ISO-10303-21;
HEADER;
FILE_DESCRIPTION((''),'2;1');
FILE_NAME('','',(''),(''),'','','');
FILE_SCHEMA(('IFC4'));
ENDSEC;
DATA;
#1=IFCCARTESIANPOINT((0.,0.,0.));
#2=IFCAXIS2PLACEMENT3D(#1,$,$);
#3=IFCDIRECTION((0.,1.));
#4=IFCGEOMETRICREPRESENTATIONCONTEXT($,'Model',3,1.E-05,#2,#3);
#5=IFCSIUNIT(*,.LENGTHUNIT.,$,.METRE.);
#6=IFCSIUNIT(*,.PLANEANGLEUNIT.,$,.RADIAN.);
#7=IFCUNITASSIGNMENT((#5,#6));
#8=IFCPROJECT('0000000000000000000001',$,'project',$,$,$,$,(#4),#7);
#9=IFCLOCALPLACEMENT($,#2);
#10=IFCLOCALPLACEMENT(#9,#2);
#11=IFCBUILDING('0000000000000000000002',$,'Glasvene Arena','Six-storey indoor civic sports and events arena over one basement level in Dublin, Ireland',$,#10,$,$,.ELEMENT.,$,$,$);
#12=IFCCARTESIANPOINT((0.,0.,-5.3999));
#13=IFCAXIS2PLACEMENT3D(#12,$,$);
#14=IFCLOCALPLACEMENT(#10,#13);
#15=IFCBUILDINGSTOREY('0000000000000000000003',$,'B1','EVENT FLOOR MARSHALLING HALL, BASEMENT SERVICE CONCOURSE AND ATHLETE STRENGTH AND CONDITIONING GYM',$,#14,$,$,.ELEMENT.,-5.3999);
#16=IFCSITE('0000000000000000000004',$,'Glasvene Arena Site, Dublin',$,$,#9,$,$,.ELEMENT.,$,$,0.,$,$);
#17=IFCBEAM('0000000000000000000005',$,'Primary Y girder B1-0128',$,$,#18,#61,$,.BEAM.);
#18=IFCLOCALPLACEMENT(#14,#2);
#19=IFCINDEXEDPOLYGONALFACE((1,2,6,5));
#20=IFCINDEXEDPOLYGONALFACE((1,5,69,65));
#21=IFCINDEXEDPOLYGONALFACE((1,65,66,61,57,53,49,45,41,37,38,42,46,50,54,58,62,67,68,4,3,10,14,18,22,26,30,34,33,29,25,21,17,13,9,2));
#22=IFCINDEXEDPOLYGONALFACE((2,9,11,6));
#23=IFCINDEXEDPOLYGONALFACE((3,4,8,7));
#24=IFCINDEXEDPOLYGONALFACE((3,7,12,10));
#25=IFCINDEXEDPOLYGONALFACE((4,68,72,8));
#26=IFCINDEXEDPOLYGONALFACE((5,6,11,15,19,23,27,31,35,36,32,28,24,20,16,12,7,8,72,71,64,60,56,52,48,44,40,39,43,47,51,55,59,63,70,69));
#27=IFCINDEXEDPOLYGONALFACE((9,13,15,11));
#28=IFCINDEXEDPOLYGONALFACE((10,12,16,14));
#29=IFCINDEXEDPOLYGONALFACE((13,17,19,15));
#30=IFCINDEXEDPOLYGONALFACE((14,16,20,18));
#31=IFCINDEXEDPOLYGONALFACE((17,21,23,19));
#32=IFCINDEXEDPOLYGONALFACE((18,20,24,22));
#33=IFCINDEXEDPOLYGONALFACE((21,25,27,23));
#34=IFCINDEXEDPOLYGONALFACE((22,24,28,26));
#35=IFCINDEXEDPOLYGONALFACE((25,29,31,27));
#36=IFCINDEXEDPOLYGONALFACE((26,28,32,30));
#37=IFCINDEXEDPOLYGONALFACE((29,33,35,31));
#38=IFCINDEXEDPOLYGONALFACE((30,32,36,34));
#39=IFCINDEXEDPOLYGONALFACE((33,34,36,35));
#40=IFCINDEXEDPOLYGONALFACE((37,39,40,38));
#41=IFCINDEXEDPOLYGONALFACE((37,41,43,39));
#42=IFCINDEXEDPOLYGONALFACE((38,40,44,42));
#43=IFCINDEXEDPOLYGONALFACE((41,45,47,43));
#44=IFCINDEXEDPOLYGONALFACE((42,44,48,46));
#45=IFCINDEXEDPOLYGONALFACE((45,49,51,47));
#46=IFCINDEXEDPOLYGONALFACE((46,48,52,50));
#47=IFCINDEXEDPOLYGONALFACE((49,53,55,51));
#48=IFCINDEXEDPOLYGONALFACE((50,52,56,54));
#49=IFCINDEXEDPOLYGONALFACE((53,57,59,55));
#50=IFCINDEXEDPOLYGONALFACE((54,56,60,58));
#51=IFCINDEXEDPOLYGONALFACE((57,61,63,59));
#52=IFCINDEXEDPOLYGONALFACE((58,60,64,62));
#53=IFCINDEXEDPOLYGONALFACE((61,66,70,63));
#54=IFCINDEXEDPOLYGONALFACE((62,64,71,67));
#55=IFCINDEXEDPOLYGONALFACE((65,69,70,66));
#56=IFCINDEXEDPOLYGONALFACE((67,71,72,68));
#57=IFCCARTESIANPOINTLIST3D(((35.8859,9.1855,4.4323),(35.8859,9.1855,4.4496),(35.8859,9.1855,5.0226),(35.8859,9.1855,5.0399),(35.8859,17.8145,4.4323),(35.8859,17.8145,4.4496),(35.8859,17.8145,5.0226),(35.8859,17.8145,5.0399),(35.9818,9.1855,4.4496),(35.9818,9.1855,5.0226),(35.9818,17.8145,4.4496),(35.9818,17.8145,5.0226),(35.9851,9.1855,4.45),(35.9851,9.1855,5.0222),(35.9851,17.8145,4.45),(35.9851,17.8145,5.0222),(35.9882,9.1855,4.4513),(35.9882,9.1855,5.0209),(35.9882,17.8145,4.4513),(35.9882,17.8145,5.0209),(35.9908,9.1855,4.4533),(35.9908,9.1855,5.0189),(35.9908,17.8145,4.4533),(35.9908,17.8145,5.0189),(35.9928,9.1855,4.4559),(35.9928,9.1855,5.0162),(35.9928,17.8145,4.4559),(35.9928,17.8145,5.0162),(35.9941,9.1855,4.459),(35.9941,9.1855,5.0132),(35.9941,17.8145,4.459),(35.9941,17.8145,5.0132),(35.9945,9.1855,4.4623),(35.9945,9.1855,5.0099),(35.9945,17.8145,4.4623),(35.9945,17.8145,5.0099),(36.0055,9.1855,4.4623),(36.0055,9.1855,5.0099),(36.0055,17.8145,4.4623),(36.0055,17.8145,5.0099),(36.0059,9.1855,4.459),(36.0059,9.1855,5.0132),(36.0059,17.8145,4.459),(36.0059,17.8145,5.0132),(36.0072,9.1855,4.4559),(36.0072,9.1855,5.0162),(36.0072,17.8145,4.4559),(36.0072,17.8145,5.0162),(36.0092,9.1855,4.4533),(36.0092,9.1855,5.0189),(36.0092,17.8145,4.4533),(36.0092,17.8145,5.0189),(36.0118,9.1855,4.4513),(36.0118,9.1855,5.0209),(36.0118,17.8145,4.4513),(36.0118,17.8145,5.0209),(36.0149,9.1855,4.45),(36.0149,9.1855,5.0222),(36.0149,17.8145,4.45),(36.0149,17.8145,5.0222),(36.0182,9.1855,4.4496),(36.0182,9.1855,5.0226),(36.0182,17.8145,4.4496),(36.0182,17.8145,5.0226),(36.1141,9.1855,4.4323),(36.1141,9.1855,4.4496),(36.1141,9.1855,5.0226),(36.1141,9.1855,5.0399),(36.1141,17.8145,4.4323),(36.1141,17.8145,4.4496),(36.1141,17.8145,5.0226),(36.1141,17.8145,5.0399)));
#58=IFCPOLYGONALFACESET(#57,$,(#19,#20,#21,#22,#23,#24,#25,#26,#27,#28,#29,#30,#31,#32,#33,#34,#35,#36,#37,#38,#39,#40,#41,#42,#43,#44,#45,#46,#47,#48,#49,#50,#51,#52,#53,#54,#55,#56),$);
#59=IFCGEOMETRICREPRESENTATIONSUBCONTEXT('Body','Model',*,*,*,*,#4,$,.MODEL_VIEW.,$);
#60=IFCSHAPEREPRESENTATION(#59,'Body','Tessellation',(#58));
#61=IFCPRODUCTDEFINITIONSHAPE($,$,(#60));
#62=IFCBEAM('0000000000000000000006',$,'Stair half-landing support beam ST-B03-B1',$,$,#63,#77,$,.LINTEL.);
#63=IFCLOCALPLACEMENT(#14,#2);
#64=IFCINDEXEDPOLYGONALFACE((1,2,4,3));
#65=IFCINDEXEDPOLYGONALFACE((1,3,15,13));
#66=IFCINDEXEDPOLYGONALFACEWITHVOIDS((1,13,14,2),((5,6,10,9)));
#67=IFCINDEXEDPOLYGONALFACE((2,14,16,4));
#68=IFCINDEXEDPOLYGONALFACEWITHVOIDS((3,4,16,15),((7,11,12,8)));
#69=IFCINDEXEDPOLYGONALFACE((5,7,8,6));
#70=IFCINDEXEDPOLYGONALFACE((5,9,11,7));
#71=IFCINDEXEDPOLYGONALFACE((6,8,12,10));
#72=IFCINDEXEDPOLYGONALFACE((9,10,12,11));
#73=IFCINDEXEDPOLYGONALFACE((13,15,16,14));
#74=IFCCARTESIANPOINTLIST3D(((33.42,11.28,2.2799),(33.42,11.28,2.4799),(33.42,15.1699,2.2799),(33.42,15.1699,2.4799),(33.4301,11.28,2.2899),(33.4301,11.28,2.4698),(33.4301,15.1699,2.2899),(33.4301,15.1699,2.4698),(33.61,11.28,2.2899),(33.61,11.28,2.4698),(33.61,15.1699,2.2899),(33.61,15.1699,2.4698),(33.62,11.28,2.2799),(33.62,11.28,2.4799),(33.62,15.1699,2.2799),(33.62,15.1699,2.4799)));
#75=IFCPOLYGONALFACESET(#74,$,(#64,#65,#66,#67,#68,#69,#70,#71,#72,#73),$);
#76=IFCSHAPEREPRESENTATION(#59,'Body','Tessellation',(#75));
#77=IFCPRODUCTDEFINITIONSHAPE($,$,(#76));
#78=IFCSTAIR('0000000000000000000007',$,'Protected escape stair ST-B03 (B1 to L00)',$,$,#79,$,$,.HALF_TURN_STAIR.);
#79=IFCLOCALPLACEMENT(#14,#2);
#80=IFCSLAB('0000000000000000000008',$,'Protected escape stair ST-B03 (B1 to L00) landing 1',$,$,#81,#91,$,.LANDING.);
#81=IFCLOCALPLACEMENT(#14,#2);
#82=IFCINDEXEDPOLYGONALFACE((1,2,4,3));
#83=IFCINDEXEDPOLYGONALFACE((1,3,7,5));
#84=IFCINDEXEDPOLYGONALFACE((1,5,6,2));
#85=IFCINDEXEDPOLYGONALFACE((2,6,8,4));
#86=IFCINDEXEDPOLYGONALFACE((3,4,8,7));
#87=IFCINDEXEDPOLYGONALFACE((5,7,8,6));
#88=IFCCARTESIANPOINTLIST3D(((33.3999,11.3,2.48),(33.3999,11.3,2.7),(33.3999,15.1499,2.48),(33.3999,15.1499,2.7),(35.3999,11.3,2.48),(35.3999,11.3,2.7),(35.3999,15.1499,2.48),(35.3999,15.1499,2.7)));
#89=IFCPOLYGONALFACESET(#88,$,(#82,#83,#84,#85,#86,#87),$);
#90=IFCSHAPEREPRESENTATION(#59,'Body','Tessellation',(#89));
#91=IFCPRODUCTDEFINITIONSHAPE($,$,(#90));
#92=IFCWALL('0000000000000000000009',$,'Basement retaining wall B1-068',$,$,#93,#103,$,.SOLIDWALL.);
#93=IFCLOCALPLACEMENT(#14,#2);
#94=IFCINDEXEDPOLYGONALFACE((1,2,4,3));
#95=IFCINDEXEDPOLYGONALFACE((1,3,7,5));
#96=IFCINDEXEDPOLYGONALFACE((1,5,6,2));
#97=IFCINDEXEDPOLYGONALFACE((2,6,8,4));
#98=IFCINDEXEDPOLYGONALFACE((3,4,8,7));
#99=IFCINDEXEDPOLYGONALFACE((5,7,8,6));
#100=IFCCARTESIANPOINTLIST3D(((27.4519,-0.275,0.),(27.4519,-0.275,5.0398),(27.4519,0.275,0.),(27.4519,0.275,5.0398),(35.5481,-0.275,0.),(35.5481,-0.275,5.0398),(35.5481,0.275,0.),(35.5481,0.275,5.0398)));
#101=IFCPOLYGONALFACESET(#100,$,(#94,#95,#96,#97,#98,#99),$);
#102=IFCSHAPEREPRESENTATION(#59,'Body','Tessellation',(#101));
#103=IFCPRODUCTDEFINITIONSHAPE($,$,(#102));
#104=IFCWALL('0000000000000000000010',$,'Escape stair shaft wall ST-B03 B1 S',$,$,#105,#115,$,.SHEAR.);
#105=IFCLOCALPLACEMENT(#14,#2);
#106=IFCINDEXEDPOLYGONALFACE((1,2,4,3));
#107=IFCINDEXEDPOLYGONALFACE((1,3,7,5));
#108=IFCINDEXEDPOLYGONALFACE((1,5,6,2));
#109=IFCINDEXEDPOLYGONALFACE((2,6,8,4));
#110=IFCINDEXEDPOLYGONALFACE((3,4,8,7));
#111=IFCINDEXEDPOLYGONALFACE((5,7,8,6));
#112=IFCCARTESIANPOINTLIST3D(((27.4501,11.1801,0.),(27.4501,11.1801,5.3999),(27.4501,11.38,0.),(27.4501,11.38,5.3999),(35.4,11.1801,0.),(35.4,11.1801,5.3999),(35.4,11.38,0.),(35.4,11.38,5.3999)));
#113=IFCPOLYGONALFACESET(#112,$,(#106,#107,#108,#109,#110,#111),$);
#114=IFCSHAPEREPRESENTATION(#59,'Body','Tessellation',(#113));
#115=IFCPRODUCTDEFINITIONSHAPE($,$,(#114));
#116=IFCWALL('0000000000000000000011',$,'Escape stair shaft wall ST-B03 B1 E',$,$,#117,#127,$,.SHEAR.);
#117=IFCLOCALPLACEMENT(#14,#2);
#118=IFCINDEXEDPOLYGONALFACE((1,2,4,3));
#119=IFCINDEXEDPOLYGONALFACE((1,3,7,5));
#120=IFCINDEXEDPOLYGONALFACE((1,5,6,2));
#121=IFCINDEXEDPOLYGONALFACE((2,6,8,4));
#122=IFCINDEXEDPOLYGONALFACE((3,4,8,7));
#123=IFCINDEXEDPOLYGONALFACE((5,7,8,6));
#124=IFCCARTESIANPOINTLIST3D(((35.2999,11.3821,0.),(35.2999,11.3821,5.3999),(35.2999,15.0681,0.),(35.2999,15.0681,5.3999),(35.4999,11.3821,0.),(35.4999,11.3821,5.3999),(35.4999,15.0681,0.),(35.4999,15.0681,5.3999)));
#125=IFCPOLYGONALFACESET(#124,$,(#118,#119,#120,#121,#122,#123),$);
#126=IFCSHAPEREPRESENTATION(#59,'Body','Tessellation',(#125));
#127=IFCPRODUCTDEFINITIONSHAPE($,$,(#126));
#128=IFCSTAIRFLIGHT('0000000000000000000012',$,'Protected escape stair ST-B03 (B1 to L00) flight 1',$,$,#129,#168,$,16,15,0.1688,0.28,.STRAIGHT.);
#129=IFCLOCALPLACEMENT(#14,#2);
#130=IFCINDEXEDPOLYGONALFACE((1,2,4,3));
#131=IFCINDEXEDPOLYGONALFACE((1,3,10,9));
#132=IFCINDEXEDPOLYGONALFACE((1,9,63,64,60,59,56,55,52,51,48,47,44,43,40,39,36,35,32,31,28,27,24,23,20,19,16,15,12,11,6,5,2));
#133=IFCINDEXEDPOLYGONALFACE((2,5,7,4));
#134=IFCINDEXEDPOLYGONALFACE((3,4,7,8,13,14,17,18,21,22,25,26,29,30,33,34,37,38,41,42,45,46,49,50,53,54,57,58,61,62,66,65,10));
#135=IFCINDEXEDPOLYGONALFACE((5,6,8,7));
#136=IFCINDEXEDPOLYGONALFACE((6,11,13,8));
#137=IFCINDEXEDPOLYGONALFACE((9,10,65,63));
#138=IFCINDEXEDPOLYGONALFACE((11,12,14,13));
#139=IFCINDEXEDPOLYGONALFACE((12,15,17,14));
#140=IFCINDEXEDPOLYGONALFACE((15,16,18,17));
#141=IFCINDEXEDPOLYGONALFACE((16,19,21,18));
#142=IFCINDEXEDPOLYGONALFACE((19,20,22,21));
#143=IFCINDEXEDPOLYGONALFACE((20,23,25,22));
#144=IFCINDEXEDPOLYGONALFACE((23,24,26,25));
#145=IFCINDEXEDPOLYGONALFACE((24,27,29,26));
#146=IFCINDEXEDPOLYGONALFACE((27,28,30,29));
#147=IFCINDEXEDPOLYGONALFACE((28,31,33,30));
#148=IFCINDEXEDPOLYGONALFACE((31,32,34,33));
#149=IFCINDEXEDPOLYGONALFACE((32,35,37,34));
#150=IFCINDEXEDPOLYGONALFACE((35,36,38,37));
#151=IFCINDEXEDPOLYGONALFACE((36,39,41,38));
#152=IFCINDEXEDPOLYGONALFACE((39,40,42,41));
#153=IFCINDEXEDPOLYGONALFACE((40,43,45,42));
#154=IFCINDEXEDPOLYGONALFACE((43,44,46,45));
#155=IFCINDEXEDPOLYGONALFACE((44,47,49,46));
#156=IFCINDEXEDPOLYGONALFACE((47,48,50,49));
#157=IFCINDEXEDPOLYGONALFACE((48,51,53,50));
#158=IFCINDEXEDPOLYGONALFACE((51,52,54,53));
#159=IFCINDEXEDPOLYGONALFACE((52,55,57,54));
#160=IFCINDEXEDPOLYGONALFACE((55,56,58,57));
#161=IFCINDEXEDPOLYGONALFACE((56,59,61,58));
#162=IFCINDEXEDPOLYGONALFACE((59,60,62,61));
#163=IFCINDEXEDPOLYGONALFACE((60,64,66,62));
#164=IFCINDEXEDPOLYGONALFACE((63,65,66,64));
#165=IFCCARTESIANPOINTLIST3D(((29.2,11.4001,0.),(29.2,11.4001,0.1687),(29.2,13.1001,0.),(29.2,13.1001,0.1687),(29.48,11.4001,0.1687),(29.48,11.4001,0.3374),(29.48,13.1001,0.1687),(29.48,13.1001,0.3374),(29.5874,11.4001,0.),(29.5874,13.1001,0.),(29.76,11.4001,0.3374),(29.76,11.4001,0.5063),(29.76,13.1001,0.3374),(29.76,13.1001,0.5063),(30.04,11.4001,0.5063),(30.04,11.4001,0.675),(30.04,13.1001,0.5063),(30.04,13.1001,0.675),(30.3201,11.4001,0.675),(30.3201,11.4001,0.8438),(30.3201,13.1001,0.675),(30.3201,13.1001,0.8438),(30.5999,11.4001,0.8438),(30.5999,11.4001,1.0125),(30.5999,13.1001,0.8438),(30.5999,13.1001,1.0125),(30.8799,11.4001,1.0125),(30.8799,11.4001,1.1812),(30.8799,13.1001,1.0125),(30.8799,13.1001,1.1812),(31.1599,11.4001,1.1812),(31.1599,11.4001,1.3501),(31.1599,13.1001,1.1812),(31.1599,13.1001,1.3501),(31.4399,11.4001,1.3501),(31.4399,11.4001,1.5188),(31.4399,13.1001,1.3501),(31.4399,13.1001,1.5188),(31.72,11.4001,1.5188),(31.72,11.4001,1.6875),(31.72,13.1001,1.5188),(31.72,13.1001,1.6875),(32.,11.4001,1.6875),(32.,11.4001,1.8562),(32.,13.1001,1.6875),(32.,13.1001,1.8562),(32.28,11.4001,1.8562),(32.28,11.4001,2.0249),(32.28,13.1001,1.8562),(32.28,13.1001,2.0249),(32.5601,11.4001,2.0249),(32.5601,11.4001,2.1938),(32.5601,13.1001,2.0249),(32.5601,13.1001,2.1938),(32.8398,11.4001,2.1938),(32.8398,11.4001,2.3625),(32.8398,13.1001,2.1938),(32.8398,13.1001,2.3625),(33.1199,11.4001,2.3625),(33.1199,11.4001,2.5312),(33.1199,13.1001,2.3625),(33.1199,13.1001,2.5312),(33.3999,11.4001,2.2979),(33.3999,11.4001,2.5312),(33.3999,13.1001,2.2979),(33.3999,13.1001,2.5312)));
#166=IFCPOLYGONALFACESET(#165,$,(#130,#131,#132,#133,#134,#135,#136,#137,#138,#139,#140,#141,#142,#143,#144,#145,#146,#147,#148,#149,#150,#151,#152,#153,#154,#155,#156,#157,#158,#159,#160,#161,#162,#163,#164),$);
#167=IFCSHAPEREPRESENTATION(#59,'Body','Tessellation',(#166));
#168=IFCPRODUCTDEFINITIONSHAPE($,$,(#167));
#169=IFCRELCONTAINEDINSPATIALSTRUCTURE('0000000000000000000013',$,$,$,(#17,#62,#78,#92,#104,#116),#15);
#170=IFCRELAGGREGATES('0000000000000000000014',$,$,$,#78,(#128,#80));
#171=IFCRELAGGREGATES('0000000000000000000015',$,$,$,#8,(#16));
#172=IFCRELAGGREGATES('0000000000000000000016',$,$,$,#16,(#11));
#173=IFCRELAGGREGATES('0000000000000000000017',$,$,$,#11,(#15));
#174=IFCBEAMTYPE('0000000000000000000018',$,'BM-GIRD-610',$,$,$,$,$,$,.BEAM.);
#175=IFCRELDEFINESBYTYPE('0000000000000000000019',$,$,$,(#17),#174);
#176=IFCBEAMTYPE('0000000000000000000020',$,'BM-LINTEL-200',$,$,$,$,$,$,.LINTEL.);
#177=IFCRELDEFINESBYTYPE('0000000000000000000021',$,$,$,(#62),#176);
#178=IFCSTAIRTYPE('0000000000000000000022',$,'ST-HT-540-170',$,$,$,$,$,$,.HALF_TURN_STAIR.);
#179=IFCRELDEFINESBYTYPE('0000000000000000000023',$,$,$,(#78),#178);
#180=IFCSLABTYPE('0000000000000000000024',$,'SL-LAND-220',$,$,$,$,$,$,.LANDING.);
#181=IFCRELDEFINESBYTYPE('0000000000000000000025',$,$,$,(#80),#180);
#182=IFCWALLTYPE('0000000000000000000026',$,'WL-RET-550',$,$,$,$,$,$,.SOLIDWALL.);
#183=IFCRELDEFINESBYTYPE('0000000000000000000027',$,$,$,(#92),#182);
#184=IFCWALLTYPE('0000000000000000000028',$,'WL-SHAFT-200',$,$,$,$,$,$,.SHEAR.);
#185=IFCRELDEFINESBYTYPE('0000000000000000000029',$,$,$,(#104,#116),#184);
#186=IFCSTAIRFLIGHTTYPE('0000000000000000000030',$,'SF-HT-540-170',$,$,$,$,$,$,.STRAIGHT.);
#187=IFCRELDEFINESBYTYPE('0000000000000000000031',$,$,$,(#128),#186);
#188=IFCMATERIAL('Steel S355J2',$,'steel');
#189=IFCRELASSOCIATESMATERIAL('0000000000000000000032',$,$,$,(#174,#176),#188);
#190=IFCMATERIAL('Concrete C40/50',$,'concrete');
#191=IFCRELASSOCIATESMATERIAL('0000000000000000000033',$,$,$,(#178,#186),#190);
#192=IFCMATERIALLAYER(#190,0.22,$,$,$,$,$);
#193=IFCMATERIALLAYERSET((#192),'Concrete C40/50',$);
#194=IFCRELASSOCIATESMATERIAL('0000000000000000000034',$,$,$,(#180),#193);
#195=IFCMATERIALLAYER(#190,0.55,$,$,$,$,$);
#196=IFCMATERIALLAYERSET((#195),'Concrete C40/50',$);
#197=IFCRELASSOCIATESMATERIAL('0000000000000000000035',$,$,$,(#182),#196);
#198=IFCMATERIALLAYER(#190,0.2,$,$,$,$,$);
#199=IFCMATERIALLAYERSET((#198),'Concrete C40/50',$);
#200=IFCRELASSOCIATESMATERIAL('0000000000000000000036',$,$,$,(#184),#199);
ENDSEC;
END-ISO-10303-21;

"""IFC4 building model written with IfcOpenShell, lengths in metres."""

from ifc_helpers import new_model, si_unit, direction, frame, frame_2d, origin, origin_2d, place, context, subcontext, project, spatial, polyline, rectangle, hollow_rectangle, i_section, outline, extrude, material, layer, layer_set, material_profile, profile_set, type_object, element, aggregate, save


model = new_model("IFC4")

# Units and contexts
model_context = context("Model", 3, precision=1e-05, world=origin(), true_north=direction((0.0, 1.0)))
body_context = subcontext(model_context, "Body", "Model", "MODEL_VIEW")
ifc_project = project(units=[si_unit("LENGTHUNIT", "METRE"), si_unit("PLANEANGLEUNIT", "RADIAN")], contexts=[model_context])

# Site, building, storey
site_placement = place(None, origin())
site = spatial("IfcSite", under=ifc_project, at=site_placement, Name="Glasvene Arena Site, Dublin", CompositionType="ELEMENT", RefElevation=0.0)
building_placement = place(site_placement, origin())
building = spatial("IfcBuilding", under=site, at=building_placement, Name="Glasvene Arena", Description="Six-storey indoor civic sports and events arena over one basement level in Dublin, Ireland", CompositionType="ELEMENT")
storey_placement = place(building_placement, frame((0.0, 0.0, -5.3999)))
storey = spatial("IfcBuildingStorey", under=building, at=storey_placement, Name="B1", Description="EVENT FLOOR MARSHALLING HALL, BASEMENT SERVICE CONCOURSE AND ATHLETE STRENGTH AND CONDITIONING GYM", CompositionType="ELEMENT", Elevation=-5.3999)

# Shared definitions
ifc_material_1 = material(Name="Concrete C40/50", Category="concrete")

# Shared definitions
ifc_material_2 = material(Name="Steel S355J2", Category="steel")

# Beams
ifc_material_profile_1 = material_profile(ifc_material_2, i_section(OverallWidth=0.2283, OverallDepth=0.6077, WebThickness=0.011, FlangeThickness=0.0173, FilletRadius=0.0127, at=origin_2d()), Name="UKB 610x229x113")
ifc_profile_set_1 = profile_set([ifc_material_profile_1], Name="Steel S355J2")
beam_type_1 = type_object("IfcBeamType", Name="BM-GIRD-610", PredefinedType="BEAM", material=ifc_profile_set_1)
beam_1_placement = place(storey_placement, frame((36.0, 9.1855, 4.7361), z_axis=(0.0, 1.0, 0.0), x_axis=(-1.0, 0.0, 0.0)))
element("IfcBeam", 1, at=beam_1_placement, inside=storey, type_object=beam_type_1, Name="Primary Y girder B1-0128", PredefinedType="BEAM", context=body_context, shape_type="SweptSolid", body=[
    extrude(i_section(OverallWidth=0.2283, OverallDepth=0.6077, WebThickness=0.011, FlangeThickness=0.0173, FilletRadius=0.0127, at=origin_2d()), origin(), (0.0, 0.0, 1.0), 8.6289),
])
ifc_material_profile_2 = material_profile(ifc_material_2, hollow_rectangle(XDim=0.2, YDim=0.2, WallThickness=0.01, at=origin_2d()), Name="SHS 200x200x10.0")
ifc_profile_set_2 = profile_set([ifc_material_profile_2], Name="Steel S355J2")
beam_type_2 = type_object("IfcBeamType", Name="BM-LINTEL-200", PredefinedType="LINTEL", material=ifc_profile_set_2)
beam_2_placement = place(storey_placement, frame((33.52, 11.28, 2.3799), z_axis=(0.0, 1.0, 0.0), x_axis=(-1.0, 0.0, 0.0)))
element("IfcBeam", 2, at=beam_2_placement, inside=storey, type_object=beam_type_2, Name="Stair half-landing support beam ST-B03-B1", PredefinedType="LINTEL", context=body_context, shape_type="SweptSolid", body=[
    extrude(hollow_rectangle(XDim=0.2, YDim=0.2, WallThickness=0.01, at=origin_2d()), origin(), (0.0, 0.0, 1.0), 3.8899),
])

# Stair, slab
stair_type = type_object("IfcStairType", Name="ST-HT-540-170", PredefinedType="HALF_TURN_STAIR", material=ifc_material_1)
stair_placement = place(storey_placement, origin())
stair = element("IfcStair", 3, at=stair_placement, inside=storey, type_object=stair_type, Name="Protected escape stair ST-B03 (B1 to L00)", PredefinedType="HALF_TURN_STAIR")
ifc_layer_1 = layer(ifc_material_1, 0.22)
ifc_layer_set_1 = layer_set([ifc_layer_1], Name="Concrete C40/50")
slab_type = type_object("IfcSlabType", Name="SL-LAND-220", PredefinedType="LANDING", material=ifc_layer_set_1)
slab_placement = place(storey_placement, frame((34.3999, 13.2251, 2.48)))
slab = element("IfcSlab", 4, at=slab_placement, type_object=slab_type, Name="Protected escape stair ST-B03 (B1 to L00) landing 1", PredefinedType="LANDING", context=body_context, shape_type="SweptSolid", body=[
    extrude(outline(polyline([(-1.0, -1.925), (1.0, -1.925), (1.0, 1.9248), (-1.0, 1.9248), (-1.0, -1.925)])), origin(), (0.0, 0.0, 1.0), 0.22),
])

# Walls
ifc_layer_2 = layer(ifc_material_1, 0.55)
ifc_layer_set_2 = layer_set([ifc_layer_2], Name="Concrete C40/50")
wall_type_1 = type_object("IfcWallType", Name="WL-RET-550", PredefinedType="SOLIDWALL", material=ifc_layer_set_2)
wall_1_placement = place(storey_placement, frame((35.5481, 0.0, 0.0), z_axis=(0.0, 0.0, 1.0), x_axis=(-1.0, 0.0, 0.0)))
element("IfcWall", 5, at=wall_1_placement, inside=storey, type_object=wall_type_1, Name="Basement retaining wall B1-068", PredefinedType="SOLIDWALL", context=body_context, shape_type="SweptSolid", body=[
    extrude(rectangle(XDim=8.0962, YDim=0.55, at=frame_2d((4.0481, 0.0))), origin(), (0.0, 0.0, 1.0), 5.0398),
])
ifc_layer_3 = layer(ifc_material_1, 0.2)
ifc_layer_set_3 = layer_set([ifc_layer_3], Name="Concrete C40/50")
wall_type_2 = type_object("IfcWallType", Name="WL-SHAFT-200", PredefinedType="SHEAR", material=ifc_layer_set_3)
wall_2_placement = place(storey_placement, frame((27.45, 11.28, 0.0), z_axis=(0.0, 0.0, 1.0), x_axis=(1.0, 0.0, 0.0)))
element("IfcWall", 6, at=wall_2_placement, inside=storey, type_object=wall_type_2, Name="Escape stair shaft wall ST-B03 B1 S", PredefinedType="SHEAR", context=body_context, shape_type="SweptSolid", body=[
    extrude(rectangle(XDim=7.95, YDim=0.2, at=frame_2d((3.9751, 0.0))), origin(), (0.0, 0.0, 1.0), 5.3999),
])

# Wall
wall_3_placement = place(storey_placement, frame((35.3999, 11.3821, 0.0), z_axis=(0.0, 0.0, 1.0), x_axis=(0.0, 1.0, 0.0)))
element("IfcWall", 7, at=wall_3_placement, inside=storey, type_object=wall_type_2, Name="Escape stair shaft wall ST-B03 B1 E", PredefinedType="SHEAR", context=body_context, shape_type="SweptSolid", body=[
    extrude(rectangle(XDim=3.686, YDim=0.2, at=frame_2d((1.843, 0.0))), origin(), (0.0, 0.0, 1.0), 5.3999),
])

# Stair flight
stair_flight_type = type_object("IfcStairFlightType", Name="SF-HT-540-170", PredefinedType="STRAIGHT", material=ifc_material_1)
stair_flight_1_placement = place(storey_placement, frame((29.2, 12.25, 0.0), z_axis=(0.0, 0.0, 1.0), x_axis=(1.0, 0.0, 0.0)))
stair_flight_1 = element("IfcStairFlight", 8, at=stair_flight_1_placement, type_object=stair_flight_type, Name="Protected escape stair ST-B03 (B1 to L00) flight 1", NumberOfRisers=16, NumberOfTreads=15, PredefinedType="STRAIGHT", RiserHeight=0.1688, TreadLength=0.28, context=body_context, shape_type="SweptSolid", body=[
    extrude(outline(polyline([(0.0, 0.0), (0.0, 0.1687), (0.28, 0.1687), (0.28, 0.3374), (0.5601, 0.3374), (0.5601, 0.5063), (0.8401, 0.5063), (0.8401, 0.675), (1.1201, 0.675), (1.1201, 0.8438), (1.3999, 0.8438), (1.3999, 1.0125), (1.6799, 1.0125), (1.6799, 1.1812), (1.96, 1.1812), (1.96, 1.3501), (2.24, 1.3501), (2.24, 1.5188), (2.52, 1.5188), (2.52, 1.6875), (2.8, 1.6875), (2.8, 1.8562), (3.0801, 1.8562), (3.0801, 2.0249), (3.3601, 2.0249), (3.3601, 2.1938), (3.6399, 2.1938), (3.6399, 2.3625), (3.9199, 2.3625), (3.9199, 2.5312), (4.2, 2.5312), (4.2, 2.7), (4.2, 2.2979), (0.3875, 0.0), (0.0, 0.0)])), frame((0.0, 0.8501, 0.0), z_axis=(0.0, -1.0, 0.0), x_axis=(1.0, 0.0, 0.0)), (0.0, 0.0, 1.0), 1.7),
])
aggregate(stair, [stair_flight_1, slab])

save(model, "model.ifc")
